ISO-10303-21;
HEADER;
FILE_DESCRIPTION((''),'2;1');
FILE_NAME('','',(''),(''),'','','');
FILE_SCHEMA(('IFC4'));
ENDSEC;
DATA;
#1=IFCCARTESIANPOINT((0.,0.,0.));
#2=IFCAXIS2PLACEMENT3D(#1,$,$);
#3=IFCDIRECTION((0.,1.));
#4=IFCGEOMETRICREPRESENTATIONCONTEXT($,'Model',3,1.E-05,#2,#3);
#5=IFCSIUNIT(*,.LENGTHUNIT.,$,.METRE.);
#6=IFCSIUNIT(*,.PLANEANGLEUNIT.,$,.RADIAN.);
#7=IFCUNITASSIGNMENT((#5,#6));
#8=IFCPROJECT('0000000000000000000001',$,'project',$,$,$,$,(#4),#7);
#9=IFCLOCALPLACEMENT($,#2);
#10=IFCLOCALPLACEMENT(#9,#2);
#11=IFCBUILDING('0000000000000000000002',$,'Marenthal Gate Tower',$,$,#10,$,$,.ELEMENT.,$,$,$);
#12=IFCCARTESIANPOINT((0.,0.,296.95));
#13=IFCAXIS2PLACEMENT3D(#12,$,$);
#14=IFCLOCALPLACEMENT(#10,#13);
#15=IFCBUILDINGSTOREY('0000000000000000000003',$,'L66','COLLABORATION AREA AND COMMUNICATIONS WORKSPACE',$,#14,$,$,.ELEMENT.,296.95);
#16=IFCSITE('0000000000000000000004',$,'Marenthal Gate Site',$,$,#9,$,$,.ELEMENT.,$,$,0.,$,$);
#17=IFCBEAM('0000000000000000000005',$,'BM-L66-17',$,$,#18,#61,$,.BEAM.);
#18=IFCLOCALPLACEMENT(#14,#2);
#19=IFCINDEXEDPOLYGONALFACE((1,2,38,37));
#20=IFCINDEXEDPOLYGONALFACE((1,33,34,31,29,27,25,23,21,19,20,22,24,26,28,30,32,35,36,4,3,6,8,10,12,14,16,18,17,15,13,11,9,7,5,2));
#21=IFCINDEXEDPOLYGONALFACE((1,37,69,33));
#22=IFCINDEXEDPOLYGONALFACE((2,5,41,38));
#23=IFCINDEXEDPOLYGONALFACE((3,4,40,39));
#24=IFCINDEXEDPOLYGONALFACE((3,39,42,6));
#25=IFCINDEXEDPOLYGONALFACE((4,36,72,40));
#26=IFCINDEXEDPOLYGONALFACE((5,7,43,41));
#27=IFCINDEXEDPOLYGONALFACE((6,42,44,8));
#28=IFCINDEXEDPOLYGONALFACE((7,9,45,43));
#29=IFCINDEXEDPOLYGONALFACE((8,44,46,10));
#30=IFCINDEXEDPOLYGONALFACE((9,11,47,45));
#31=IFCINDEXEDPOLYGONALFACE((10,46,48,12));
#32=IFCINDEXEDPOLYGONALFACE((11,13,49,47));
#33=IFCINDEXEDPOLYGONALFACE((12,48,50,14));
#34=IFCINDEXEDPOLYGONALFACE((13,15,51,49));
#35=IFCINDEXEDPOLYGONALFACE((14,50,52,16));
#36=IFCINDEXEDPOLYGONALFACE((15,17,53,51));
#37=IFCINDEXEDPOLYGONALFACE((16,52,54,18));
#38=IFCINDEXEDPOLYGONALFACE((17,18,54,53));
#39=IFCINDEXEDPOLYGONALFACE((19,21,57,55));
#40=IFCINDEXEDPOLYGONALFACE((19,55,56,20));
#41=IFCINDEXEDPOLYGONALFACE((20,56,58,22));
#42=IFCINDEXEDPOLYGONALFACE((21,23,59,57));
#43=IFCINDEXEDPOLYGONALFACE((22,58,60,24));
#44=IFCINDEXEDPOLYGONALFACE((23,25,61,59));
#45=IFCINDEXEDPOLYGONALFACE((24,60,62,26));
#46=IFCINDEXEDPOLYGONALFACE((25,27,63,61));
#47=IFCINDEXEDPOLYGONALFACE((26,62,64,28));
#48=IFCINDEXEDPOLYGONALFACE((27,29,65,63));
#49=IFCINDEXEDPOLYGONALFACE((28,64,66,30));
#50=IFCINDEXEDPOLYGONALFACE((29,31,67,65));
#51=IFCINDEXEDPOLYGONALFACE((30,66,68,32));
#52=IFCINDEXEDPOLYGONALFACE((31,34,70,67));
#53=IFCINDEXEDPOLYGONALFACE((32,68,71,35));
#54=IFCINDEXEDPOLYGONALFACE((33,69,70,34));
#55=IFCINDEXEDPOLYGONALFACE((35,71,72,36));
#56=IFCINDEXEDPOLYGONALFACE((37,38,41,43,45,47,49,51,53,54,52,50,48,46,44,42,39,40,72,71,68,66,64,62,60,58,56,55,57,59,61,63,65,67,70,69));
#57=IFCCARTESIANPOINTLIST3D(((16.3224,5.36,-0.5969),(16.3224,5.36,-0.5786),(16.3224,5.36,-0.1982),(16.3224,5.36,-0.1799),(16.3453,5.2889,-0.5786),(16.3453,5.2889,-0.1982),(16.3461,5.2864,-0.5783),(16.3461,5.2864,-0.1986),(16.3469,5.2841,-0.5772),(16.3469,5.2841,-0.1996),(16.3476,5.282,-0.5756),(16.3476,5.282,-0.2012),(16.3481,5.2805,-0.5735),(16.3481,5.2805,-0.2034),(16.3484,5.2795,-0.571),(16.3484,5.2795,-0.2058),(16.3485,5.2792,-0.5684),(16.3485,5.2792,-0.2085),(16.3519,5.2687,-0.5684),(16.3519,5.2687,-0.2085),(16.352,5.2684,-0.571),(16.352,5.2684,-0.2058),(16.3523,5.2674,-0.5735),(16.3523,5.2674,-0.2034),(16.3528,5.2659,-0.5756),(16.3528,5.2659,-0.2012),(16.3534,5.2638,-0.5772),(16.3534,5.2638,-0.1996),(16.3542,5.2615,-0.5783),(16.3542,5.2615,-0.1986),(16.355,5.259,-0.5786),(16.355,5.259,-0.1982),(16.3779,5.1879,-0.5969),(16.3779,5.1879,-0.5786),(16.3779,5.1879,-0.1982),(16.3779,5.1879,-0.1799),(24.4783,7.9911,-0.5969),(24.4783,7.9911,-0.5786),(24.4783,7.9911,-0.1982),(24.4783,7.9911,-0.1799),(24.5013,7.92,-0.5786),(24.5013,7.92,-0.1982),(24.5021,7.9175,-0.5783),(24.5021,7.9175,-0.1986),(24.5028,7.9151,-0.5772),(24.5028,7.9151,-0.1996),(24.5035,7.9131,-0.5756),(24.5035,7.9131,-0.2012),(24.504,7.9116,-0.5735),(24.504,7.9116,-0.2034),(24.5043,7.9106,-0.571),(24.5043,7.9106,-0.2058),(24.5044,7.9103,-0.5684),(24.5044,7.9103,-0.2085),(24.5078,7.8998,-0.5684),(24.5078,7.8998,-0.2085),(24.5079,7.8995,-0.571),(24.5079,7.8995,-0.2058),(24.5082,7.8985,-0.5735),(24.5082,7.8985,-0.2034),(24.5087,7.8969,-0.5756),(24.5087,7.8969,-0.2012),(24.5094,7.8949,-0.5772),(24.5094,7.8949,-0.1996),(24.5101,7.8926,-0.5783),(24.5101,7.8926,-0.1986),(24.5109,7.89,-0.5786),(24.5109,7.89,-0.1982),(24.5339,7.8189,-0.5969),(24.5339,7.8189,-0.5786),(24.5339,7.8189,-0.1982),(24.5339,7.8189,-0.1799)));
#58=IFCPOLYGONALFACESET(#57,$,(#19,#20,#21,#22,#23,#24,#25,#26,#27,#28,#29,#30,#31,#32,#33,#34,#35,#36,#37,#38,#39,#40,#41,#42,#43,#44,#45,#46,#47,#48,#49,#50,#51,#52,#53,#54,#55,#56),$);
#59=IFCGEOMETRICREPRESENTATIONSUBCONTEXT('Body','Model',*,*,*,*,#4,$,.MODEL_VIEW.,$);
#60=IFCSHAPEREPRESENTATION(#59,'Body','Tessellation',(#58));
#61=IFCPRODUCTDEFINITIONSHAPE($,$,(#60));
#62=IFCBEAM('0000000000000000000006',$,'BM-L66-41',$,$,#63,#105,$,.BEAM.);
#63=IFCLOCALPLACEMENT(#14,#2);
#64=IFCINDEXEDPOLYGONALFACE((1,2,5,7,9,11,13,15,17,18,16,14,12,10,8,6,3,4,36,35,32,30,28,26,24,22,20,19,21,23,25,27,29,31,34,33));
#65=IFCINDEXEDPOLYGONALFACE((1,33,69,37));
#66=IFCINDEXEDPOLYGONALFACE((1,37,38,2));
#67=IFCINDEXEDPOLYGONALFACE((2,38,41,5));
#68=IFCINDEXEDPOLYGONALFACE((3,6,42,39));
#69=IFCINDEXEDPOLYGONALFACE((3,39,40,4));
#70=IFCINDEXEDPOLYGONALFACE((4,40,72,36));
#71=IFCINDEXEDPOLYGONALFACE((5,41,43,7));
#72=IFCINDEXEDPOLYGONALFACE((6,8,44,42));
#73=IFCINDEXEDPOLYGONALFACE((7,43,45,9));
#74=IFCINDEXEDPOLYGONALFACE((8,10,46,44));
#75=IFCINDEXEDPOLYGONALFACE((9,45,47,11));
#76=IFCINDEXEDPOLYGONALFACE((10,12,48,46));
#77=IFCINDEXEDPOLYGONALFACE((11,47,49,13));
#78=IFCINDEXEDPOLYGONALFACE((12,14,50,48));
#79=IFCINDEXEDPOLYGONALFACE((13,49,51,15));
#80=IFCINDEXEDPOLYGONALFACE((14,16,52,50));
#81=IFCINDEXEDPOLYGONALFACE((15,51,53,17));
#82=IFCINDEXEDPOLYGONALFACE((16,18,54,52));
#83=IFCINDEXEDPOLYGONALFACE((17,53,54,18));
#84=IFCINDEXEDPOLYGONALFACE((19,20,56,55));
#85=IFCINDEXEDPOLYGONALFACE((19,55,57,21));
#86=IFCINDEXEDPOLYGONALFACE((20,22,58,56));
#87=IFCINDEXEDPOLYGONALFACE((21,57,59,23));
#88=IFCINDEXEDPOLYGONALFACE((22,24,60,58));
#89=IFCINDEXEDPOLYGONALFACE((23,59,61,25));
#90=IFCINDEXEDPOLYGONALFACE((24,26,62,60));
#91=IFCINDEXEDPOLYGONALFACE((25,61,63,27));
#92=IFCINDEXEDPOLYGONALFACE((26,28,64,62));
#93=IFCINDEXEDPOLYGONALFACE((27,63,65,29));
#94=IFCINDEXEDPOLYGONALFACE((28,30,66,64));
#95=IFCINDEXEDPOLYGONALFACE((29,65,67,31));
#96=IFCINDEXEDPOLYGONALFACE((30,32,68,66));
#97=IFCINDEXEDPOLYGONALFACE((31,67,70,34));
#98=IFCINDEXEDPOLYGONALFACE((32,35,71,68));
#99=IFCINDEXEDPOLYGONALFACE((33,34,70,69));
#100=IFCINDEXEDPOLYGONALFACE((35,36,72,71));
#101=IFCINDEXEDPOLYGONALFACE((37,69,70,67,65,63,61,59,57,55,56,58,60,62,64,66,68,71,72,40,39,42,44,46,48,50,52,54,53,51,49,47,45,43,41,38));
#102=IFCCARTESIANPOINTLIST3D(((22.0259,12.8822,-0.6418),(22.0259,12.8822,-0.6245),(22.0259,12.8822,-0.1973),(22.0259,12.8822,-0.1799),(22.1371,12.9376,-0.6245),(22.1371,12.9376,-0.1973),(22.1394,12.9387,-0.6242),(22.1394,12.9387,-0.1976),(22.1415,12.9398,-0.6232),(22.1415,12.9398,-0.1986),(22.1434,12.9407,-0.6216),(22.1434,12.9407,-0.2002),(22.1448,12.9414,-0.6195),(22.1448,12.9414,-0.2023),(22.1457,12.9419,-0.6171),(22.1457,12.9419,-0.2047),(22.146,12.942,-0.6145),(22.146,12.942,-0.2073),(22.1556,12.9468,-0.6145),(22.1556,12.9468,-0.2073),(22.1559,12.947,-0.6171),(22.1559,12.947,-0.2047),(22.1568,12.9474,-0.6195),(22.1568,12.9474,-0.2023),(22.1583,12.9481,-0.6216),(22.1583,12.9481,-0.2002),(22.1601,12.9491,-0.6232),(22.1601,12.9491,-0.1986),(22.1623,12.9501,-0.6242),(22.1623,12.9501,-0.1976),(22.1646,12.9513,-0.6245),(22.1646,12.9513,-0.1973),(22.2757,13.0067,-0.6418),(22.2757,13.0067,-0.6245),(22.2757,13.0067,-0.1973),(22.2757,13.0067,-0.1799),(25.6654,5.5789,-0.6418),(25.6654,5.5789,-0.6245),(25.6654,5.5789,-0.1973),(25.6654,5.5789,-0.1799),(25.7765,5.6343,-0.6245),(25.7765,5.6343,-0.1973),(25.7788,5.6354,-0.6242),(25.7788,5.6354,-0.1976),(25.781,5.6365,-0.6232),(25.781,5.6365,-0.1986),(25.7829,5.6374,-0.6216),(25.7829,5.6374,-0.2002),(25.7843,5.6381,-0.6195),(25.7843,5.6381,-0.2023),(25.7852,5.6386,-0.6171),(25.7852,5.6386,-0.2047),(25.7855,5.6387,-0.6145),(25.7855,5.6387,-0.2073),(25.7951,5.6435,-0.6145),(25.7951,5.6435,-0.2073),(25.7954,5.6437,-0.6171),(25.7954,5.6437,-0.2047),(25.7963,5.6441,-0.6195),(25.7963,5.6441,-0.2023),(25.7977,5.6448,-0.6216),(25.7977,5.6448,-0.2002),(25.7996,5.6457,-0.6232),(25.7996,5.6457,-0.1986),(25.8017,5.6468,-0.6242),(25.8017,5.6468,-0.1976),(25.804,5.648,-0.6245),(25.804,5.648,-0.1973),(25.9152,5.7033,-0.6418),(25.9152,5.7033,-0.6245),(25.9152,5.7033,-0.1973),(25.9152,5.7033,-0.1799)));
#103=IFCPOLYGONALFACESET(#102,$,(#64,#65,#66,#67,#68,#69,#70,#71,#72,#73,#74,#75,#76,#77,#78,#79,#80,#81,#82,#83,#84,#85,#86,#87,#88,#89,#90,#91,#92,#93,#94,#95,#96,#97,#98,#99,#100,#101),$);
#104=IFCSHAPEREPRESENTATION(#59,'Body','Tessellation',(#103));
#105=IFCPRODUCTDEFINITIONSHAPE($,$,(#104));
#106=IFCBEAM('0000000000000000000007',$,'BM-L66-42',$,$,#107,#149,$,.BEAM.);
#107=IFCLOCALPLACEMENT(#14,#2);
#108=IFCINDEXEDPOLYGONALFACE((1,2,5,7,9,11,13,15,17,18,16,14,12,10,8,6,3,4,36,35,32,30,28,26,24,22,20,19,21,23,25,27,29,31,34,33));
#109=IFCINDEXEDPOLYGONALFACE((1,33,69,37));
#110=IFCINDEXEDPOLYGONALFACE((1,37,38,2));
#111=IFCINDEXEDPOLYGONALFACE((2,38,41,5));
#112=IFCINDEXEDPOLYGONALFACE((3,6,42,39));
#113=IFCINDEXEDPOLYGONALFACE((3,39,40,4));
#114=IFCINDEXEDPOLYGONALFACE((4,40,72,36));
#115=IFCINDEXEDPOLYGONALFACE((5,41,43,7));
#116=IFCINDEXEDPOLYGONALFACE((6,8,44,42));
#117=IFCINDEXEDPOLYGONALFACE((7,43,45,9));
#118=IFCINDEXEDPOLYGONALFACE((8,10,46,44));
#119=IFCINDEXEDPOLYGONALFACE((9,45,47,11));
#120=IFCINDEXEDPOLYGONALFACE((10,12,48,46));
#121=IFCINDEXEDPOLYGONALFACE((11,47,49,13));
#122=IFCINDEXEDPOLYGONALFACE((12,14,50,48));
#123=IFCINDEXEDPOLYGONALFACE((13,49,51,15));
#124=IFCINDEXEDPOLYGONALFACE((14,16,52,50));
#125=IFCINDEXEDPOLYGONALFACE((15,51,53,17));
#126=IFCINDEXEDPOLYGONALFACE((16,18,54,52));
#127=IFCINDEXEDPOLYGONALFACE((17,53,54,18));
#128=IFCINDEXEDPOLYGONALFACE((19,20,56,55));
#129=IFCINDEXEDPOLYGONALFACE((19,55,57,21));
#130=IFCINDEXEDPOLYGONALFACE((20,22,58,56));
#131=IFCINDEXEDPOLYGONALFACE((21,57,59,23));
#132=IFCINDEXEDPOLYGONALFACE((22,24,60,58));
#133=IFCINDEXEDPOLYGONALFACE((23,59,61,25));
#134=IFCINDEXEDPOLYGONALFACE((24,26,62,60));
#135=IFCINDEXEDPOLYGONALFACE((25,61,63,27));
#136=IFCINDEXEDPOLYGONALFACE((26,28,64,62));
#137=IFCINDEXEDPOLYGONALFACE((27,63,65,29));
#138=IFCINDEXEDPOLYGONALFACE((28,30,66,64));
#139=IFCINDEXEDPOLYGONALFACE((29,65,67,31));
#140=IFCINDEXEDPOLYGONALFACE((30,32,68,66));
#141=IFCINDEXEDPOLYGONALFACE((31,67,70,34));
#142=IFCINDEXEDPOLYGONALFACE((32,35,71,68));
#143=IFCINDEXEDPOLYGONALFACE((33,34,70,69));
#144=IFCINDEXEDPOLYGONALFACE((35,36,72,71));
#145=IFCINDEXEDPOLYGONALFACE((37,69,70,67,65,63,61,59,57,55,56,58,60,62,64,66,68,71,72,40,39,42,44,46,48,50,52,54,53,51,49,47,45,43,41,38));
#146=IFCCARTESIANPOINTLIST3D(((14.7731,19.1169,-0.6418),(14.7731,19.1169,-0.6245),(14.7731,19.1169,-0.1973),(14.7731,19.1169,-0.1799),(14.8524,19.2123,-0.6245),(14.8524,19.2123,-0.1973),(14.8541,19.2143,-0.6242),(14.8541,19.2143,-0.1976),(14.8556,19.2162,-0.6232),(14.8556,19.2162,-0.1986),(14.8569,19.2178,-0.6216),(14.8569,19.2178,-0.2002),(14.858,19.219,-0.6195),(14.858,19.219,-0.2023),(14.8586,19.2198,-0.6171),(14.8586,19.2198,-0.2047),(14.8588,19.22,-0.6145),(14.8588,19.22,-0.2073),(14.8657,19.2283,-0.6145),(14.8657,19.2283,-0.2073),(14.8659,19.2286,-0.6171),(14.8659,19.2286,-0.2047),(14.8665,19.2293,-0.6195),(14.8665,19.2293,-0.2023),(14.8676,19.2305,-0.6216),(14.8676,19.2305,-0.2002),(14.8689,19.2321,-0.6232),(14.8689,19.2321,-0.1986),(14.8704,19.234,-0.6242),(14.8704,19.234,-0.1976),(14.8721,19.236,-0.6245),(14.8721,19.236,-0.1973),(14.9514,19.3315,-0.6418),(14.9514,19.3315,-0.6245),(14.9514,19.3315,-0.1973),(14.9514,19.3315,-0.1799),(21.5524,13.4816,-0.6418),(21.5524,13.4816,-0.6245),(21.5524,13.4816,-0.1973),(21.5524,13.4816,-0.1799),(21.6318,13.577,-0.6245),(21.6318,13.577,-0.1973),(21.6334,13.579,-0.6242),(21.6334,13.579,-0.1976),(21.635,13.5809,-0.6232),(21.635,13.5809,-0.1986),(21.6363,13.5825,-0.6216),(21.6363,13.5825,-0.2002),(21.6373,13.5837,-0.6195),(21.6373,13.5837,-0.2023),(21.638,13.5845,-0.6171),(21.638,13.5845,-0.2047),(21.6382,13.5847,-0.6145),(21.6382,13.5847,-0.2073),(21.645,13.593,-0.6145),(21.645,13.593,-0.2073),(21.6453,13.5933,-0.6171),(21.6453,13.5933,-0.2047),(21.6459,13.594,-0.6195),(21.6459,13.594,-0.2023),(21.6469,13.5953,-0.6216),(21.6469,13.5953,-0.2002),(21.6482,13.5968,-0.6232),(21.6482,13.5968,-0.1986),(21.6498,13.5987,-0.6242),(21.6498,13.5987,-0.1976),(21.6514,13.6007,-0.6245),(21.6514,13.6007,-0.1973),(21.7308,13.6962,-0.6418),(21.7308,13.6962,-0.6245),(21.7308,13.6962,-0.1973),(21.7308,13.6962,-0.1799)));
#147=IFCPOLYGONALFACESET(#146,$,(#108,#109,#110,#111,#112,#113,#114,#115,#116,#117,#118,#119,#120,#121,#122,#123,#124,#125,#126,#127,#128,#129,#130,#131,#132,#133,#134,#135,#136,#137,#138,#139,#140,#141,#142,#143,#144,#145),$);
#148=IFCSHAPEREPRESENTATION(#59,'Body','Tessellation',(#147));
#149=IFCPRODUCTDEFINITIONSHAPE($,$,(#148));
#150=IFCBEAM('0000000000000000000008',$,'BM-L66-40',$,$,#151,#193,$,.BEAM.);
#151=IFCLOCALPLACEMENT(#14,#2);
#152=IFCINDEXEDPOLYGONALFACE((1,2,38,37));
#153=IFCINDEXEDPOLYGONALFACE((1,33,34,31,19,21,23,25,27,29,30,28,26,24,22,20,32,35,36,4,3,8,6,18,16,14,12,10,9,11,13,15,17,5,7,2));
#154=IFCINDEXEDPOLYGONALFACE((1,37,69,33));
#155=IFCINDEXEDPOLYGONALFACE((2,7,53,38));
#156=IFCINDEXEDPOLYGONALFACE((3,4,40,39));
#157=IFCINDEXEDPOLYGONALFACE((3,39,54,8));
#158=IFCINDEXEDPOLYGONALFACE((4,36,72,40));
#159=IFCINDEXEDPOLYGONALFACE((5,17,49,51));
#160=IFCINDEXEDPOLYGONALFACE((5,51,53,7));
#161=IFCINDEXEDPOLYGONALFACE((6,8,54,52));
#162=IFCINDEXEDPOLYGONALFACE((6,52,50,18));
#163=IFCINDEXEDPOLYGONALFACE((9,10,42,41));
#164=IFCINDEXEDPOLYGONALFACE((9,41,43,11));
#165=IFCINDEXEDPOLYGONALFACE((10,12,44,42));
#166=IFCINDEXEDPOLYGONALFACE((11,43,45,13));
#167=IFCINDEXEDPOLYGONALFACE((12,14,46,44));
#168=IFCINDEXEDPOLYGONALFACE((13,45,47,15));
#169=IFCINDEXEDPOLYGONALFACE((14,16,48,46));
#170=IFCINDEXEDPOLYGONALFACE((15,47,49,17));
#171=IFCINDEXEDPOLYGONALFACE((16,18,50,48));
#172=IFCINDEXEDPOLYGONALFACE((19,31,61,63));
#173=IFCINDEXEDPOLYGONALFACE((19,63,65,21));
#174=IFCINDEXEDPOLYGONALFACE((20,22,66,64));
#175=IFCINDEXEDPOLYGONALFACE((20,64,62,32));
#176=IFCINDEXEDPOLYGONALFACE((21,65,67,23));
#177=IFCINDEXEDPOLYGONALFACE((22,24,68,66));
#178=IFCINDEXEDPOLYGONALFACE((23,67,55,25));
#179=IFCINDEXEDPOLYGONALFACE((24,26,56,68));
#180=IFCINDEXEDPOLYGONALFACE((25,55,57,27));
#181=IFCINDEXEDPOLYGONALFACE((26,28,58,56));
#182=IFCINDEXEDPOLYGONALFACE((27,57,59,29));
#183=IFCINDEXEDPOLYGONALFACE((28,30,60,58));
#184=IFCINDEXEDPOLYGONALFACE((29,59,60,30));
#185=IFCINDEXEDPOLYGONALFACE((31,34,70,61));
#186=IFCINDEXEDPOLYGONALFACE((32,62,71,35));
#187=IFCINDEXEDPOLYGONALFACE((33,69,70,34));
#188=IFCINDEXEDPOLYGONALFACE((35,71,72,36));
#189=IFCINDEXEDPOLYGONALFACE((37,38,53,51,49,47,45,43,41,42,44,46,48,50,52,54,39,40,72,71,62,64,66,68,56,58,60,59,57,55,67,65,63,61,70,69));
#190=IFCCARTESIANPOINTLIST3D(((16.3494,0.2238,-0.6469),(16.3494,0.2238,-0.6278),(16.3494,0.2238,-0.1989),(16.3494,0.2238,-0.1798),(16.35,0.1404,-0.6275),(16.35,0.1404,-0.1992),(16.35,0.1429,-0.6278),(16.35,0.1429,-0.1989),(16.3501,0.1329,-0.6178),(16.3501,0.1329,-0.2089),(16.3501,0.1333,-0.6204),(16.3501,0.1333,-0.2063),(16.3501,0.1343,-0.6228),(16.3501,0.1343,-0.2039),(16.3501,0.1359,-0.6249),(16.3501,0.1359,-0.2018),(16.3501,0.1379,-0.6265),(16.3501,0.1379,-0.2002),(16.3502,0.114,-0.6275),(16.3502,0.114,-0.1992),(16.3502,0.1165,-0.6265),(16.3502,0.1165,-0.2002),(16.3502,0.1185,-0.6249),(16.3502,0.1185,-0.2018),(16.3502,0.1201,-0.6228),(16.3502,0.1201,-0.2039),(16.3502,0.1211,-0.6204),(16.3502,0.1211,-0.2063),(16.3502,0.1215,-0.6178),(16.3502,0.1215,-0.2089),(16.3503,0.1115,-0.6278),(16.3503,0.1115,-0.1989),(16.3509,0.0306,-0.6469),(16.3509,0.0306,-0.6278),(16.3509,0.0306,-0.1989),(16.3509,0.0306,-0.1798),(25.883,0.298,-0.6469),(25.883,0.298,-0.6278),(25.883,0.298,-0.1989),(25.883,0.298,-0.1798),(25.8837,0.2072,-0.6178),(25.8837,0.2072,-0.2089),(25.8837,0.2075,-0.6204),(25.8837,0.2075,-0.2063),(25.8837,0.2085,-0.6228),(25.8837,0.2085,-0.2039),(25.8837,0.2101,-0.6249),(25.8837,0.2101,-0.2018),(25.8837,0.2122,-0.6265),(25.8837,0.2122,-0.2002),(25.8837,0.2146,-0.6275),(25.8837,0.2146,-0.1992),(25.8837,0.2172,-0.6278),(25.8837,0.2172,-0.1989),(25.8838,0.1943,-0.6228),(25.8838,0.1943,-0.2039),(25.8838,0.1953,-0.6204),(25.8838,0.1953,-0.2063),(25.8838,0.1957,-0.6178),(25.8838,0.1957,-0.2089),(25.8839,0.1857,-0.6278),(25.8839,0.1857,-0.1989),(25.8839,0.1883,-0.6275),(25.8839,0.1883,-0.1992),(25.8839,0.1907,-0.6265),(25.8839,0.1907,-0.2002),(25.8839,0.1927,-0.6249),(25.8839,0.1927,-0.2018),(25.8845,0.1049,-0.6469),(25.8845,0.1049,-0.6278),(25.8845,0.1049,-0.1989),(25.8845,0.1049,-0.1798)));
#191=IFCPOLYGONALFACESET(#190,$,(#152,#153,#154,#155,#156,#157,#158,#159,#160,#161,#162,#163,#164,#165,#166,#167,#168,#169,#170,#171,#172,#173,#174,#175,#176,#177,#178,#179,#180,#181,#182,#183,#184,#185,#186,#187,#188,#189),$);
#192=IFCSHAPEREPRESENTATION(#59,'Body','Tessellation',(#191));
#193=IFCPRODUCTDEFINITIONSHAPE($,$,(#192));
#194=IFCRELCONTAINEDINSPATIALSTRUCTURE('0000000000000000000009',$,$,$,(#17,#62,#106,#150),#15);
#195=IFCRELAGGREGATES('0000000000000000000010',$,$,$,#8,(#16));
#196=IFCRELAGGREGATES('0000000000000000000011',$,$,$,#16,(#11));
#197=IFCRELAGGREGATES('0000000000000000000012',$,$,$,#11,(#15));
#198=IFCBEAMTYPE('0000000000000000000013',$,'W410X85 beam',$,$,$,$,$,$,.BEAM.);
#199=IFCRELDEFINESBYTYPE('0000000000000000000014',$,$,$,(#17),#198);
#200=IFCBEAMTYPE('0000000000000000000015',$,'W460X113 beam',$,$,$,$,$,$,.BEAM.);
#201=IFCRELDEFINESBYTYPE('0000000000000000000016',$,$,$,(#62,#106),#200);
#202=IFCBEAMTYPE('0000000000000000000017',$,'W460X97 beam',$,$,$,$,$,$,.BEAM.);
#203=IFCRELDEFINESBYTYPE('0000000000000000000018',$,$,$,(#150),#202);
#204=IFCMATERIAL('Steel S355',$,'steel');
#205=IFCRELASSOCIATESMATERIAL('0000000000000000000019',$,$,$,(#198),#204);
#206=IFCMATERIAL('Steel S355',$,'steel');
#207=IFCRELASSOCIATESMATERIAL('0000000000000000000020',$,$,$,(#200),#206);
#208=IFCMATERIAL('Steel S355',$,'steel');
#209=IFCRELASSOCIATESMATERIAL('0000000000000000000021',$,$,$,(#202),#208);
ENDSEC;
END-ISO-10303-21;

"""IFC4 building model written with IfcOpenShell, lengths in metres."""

from ifc_helpers import new_model, si_unit, direction, frame, origin, origin_2d, place, context, subcontext, project, spatial, i_section, extrude, material, material_profile, profile_set, type_object, element, save


model = new_model("IFC4")

# Units and contexts
model_context = context("Model", 3, precision=1e-05, world=origin(), true_north=direction((0.0, 1.0)))
body_context = subcontext(model_context, "Body", "Model", "MODEL_VIEW")
ifc_project = project(units=[si_unit("LENGTHUNIT", "METRE"), si_unit("PLANEANGLEUNIT", "RADIAN")], contexts=[model_context])

# Site, building, storey
site_placement = place(None, origin())
site = spatial("IfcSite", under=ifc_project, at=site_placement, Name="Marenthal Gate Site", CompositionType="ELEMENT", RefElevation=0.0)
building_placement = place(site_placement, origin())
building = spatial("IfcBuilding", under=site, at=building_placement, Name="Marenthal Gate Tower", CompositionType="ELEMENT")
storey_placement = place(building_placement, frame((0.0, 0.0, 296.95)))
storey = spatial("IfcBuildingStorey", under=building, at=storey_placement, Name="L66", Description="COLLABORATION AREA AND COMMUNICATIONS WORKSPACE", CompositionType="ELEMENT", Elevation=296.95)

# Beams
ifc_material_1 = material(Name="Steel S355", Category="steel")
ifc_material_profile_1 = material_profile(ifc_material_1, i_section(OverallWidth=0.1809, OverallDepth=0.417, WebThickness=0.011, FlangeThickness=0.0183, FilletRadius=0.0103, at=origin_2d()), Name="W410X85")
ifc_profile_set_1 = profile_set([ifc_material_profile_1], Name="Steel S355")
beam_type_1 = type_object("IfcBeamType", Name="W410X85 beam", PredefinedType="BEAM", material=ifc_profile_set_1)
beam_1_placement = place(storey_placement, frame((24.5061, 7.905, -0.3884), z_axis=(-0.951704, -0.307017, 0.0), x_axis=(0.307017, -0.951704, 0.0)))
element("IfcBeam", 1, at=beam_1_placement, inside=storey, type_object=beam_type_1, Name="BM-L66-17", PredefinedType="BEAM", context=body_context, shape_type="SweptSolid", body=[
    extrude(i_section(OverallWidth=0.1809, OverallDepth=0.417, WebThickness=0.011, FlangeThickness=0.0183, FilletRadius=0.0103, at=origin_2d()), origin(), (0.0, 0.0, 1.0), 8.5698),
])
ifc_material_2 = material(Name="Steel S355", Category="steel")
ifc_material_profile_2 = material_profile(ifc_material_2, i_section(OverallWidth=0.2791, OverallDepth=0.4619, WebThickness=0.0107, FlangeThickness=0.0173, FilletRadius=0.01, at=origin_2d()), Name="W460X113")
ifc_profile_set_2 = profile_set([ifc_material_profile_2], Name="Steel S355")
beam_type_2 = type_object("IfcBeamType", Name="W460X113 beam", PredefinedType="BEAM", material=ifc_profile_set_2)
beam_2_placement = place(storey_placement, frame((25.7903, 5.6411, -0.4109), z_axis=(-0.446016, 0.895025, 0.0), x_axis=(-0.895025, -0.446016, 0.0)))
element("IfcBeam", 2, at=beam_2_placement, inside=storey, type_object=beam_type_2, Name="BM-L66-41", PredefinedType="BEAM", context=body_context, shape_type="SweptSolid", body=[
    extrude(i_section(OverallWidth=0.2791, OverallDepth=0.4619, WebThickness=0.0107, FlangeThickness=0.0173, FilletRadius=0.01, at=origin_2d()), origin(), (0.0, 0.0, 1.0), 8.1599),
])
beam_3_placement = place(storey_placement, frame((21.6416, 13.5889, -0.4109), z_axis=(-0.769011, 0.639236, 0.0), x_axis=(-0.639236, -0.769011, 0.0)))
element("IfcBeam", 3, at=beam_3_placement, inside=storey, type_object=beam_type_2, Name="BM-L66-42", PredefinedType="BEAM", context=body_context, shape_type="SweptSolid", body=[
    extrude(i_section(OverallWidth=0.2791, OverallDepth=0.4619, WebThickness=0.0107, FlangeThickness=0.0173, FilletRadius=0.01, at=origin_2d()), origin(), (0.0, 0.0, 1.0), 8.8157),
])
ifc_material_3 = material(Name="Steel S355", Category="steel")
ifc_material_profile_3 = material_profile(ifc_material_3, i_section(OverallWidth=0.1931, OverallDepth=0.467, WebThickness=0.0115, FlangeThickness=0.019, FilletRadius=0.01, at=origin_2d()), Name="W460X97")
ifc_profile_set_3 = profile_set([ifc_material_profile_3], Name="Steel S355")
beam_type_3 = type_object("IfcBeamType", Name="W460X97 beam", PredefinedType="BEAM", material=ifc_profile_set_3)
beam_4_placement = place(storey_placement, frame((25.8838, 0.2014, -0.4133), z_axis=(-0.99997, -0.007785, 0.0), x_axis=(0.007785, -0.99997, 0.0)))
element("IfcBeam", 4, at=beam_4_placement, inside=storey, type_object=beam_type_3, Name="BM-L66-40", PredefinedType="BEAM", context=body_context, shape_type="SweptSolid", body=[
    extrude(i_section(OverallWidth=0.1931, OverallDepth=0.467, WebThickness=0.0115, FlangeThickness=0.019, FilletRadius=0.01, at=origin_2d()), origin(), (0.0, 0.0, 1.0), 9.5339),
])

save(model, "model.ifc")
